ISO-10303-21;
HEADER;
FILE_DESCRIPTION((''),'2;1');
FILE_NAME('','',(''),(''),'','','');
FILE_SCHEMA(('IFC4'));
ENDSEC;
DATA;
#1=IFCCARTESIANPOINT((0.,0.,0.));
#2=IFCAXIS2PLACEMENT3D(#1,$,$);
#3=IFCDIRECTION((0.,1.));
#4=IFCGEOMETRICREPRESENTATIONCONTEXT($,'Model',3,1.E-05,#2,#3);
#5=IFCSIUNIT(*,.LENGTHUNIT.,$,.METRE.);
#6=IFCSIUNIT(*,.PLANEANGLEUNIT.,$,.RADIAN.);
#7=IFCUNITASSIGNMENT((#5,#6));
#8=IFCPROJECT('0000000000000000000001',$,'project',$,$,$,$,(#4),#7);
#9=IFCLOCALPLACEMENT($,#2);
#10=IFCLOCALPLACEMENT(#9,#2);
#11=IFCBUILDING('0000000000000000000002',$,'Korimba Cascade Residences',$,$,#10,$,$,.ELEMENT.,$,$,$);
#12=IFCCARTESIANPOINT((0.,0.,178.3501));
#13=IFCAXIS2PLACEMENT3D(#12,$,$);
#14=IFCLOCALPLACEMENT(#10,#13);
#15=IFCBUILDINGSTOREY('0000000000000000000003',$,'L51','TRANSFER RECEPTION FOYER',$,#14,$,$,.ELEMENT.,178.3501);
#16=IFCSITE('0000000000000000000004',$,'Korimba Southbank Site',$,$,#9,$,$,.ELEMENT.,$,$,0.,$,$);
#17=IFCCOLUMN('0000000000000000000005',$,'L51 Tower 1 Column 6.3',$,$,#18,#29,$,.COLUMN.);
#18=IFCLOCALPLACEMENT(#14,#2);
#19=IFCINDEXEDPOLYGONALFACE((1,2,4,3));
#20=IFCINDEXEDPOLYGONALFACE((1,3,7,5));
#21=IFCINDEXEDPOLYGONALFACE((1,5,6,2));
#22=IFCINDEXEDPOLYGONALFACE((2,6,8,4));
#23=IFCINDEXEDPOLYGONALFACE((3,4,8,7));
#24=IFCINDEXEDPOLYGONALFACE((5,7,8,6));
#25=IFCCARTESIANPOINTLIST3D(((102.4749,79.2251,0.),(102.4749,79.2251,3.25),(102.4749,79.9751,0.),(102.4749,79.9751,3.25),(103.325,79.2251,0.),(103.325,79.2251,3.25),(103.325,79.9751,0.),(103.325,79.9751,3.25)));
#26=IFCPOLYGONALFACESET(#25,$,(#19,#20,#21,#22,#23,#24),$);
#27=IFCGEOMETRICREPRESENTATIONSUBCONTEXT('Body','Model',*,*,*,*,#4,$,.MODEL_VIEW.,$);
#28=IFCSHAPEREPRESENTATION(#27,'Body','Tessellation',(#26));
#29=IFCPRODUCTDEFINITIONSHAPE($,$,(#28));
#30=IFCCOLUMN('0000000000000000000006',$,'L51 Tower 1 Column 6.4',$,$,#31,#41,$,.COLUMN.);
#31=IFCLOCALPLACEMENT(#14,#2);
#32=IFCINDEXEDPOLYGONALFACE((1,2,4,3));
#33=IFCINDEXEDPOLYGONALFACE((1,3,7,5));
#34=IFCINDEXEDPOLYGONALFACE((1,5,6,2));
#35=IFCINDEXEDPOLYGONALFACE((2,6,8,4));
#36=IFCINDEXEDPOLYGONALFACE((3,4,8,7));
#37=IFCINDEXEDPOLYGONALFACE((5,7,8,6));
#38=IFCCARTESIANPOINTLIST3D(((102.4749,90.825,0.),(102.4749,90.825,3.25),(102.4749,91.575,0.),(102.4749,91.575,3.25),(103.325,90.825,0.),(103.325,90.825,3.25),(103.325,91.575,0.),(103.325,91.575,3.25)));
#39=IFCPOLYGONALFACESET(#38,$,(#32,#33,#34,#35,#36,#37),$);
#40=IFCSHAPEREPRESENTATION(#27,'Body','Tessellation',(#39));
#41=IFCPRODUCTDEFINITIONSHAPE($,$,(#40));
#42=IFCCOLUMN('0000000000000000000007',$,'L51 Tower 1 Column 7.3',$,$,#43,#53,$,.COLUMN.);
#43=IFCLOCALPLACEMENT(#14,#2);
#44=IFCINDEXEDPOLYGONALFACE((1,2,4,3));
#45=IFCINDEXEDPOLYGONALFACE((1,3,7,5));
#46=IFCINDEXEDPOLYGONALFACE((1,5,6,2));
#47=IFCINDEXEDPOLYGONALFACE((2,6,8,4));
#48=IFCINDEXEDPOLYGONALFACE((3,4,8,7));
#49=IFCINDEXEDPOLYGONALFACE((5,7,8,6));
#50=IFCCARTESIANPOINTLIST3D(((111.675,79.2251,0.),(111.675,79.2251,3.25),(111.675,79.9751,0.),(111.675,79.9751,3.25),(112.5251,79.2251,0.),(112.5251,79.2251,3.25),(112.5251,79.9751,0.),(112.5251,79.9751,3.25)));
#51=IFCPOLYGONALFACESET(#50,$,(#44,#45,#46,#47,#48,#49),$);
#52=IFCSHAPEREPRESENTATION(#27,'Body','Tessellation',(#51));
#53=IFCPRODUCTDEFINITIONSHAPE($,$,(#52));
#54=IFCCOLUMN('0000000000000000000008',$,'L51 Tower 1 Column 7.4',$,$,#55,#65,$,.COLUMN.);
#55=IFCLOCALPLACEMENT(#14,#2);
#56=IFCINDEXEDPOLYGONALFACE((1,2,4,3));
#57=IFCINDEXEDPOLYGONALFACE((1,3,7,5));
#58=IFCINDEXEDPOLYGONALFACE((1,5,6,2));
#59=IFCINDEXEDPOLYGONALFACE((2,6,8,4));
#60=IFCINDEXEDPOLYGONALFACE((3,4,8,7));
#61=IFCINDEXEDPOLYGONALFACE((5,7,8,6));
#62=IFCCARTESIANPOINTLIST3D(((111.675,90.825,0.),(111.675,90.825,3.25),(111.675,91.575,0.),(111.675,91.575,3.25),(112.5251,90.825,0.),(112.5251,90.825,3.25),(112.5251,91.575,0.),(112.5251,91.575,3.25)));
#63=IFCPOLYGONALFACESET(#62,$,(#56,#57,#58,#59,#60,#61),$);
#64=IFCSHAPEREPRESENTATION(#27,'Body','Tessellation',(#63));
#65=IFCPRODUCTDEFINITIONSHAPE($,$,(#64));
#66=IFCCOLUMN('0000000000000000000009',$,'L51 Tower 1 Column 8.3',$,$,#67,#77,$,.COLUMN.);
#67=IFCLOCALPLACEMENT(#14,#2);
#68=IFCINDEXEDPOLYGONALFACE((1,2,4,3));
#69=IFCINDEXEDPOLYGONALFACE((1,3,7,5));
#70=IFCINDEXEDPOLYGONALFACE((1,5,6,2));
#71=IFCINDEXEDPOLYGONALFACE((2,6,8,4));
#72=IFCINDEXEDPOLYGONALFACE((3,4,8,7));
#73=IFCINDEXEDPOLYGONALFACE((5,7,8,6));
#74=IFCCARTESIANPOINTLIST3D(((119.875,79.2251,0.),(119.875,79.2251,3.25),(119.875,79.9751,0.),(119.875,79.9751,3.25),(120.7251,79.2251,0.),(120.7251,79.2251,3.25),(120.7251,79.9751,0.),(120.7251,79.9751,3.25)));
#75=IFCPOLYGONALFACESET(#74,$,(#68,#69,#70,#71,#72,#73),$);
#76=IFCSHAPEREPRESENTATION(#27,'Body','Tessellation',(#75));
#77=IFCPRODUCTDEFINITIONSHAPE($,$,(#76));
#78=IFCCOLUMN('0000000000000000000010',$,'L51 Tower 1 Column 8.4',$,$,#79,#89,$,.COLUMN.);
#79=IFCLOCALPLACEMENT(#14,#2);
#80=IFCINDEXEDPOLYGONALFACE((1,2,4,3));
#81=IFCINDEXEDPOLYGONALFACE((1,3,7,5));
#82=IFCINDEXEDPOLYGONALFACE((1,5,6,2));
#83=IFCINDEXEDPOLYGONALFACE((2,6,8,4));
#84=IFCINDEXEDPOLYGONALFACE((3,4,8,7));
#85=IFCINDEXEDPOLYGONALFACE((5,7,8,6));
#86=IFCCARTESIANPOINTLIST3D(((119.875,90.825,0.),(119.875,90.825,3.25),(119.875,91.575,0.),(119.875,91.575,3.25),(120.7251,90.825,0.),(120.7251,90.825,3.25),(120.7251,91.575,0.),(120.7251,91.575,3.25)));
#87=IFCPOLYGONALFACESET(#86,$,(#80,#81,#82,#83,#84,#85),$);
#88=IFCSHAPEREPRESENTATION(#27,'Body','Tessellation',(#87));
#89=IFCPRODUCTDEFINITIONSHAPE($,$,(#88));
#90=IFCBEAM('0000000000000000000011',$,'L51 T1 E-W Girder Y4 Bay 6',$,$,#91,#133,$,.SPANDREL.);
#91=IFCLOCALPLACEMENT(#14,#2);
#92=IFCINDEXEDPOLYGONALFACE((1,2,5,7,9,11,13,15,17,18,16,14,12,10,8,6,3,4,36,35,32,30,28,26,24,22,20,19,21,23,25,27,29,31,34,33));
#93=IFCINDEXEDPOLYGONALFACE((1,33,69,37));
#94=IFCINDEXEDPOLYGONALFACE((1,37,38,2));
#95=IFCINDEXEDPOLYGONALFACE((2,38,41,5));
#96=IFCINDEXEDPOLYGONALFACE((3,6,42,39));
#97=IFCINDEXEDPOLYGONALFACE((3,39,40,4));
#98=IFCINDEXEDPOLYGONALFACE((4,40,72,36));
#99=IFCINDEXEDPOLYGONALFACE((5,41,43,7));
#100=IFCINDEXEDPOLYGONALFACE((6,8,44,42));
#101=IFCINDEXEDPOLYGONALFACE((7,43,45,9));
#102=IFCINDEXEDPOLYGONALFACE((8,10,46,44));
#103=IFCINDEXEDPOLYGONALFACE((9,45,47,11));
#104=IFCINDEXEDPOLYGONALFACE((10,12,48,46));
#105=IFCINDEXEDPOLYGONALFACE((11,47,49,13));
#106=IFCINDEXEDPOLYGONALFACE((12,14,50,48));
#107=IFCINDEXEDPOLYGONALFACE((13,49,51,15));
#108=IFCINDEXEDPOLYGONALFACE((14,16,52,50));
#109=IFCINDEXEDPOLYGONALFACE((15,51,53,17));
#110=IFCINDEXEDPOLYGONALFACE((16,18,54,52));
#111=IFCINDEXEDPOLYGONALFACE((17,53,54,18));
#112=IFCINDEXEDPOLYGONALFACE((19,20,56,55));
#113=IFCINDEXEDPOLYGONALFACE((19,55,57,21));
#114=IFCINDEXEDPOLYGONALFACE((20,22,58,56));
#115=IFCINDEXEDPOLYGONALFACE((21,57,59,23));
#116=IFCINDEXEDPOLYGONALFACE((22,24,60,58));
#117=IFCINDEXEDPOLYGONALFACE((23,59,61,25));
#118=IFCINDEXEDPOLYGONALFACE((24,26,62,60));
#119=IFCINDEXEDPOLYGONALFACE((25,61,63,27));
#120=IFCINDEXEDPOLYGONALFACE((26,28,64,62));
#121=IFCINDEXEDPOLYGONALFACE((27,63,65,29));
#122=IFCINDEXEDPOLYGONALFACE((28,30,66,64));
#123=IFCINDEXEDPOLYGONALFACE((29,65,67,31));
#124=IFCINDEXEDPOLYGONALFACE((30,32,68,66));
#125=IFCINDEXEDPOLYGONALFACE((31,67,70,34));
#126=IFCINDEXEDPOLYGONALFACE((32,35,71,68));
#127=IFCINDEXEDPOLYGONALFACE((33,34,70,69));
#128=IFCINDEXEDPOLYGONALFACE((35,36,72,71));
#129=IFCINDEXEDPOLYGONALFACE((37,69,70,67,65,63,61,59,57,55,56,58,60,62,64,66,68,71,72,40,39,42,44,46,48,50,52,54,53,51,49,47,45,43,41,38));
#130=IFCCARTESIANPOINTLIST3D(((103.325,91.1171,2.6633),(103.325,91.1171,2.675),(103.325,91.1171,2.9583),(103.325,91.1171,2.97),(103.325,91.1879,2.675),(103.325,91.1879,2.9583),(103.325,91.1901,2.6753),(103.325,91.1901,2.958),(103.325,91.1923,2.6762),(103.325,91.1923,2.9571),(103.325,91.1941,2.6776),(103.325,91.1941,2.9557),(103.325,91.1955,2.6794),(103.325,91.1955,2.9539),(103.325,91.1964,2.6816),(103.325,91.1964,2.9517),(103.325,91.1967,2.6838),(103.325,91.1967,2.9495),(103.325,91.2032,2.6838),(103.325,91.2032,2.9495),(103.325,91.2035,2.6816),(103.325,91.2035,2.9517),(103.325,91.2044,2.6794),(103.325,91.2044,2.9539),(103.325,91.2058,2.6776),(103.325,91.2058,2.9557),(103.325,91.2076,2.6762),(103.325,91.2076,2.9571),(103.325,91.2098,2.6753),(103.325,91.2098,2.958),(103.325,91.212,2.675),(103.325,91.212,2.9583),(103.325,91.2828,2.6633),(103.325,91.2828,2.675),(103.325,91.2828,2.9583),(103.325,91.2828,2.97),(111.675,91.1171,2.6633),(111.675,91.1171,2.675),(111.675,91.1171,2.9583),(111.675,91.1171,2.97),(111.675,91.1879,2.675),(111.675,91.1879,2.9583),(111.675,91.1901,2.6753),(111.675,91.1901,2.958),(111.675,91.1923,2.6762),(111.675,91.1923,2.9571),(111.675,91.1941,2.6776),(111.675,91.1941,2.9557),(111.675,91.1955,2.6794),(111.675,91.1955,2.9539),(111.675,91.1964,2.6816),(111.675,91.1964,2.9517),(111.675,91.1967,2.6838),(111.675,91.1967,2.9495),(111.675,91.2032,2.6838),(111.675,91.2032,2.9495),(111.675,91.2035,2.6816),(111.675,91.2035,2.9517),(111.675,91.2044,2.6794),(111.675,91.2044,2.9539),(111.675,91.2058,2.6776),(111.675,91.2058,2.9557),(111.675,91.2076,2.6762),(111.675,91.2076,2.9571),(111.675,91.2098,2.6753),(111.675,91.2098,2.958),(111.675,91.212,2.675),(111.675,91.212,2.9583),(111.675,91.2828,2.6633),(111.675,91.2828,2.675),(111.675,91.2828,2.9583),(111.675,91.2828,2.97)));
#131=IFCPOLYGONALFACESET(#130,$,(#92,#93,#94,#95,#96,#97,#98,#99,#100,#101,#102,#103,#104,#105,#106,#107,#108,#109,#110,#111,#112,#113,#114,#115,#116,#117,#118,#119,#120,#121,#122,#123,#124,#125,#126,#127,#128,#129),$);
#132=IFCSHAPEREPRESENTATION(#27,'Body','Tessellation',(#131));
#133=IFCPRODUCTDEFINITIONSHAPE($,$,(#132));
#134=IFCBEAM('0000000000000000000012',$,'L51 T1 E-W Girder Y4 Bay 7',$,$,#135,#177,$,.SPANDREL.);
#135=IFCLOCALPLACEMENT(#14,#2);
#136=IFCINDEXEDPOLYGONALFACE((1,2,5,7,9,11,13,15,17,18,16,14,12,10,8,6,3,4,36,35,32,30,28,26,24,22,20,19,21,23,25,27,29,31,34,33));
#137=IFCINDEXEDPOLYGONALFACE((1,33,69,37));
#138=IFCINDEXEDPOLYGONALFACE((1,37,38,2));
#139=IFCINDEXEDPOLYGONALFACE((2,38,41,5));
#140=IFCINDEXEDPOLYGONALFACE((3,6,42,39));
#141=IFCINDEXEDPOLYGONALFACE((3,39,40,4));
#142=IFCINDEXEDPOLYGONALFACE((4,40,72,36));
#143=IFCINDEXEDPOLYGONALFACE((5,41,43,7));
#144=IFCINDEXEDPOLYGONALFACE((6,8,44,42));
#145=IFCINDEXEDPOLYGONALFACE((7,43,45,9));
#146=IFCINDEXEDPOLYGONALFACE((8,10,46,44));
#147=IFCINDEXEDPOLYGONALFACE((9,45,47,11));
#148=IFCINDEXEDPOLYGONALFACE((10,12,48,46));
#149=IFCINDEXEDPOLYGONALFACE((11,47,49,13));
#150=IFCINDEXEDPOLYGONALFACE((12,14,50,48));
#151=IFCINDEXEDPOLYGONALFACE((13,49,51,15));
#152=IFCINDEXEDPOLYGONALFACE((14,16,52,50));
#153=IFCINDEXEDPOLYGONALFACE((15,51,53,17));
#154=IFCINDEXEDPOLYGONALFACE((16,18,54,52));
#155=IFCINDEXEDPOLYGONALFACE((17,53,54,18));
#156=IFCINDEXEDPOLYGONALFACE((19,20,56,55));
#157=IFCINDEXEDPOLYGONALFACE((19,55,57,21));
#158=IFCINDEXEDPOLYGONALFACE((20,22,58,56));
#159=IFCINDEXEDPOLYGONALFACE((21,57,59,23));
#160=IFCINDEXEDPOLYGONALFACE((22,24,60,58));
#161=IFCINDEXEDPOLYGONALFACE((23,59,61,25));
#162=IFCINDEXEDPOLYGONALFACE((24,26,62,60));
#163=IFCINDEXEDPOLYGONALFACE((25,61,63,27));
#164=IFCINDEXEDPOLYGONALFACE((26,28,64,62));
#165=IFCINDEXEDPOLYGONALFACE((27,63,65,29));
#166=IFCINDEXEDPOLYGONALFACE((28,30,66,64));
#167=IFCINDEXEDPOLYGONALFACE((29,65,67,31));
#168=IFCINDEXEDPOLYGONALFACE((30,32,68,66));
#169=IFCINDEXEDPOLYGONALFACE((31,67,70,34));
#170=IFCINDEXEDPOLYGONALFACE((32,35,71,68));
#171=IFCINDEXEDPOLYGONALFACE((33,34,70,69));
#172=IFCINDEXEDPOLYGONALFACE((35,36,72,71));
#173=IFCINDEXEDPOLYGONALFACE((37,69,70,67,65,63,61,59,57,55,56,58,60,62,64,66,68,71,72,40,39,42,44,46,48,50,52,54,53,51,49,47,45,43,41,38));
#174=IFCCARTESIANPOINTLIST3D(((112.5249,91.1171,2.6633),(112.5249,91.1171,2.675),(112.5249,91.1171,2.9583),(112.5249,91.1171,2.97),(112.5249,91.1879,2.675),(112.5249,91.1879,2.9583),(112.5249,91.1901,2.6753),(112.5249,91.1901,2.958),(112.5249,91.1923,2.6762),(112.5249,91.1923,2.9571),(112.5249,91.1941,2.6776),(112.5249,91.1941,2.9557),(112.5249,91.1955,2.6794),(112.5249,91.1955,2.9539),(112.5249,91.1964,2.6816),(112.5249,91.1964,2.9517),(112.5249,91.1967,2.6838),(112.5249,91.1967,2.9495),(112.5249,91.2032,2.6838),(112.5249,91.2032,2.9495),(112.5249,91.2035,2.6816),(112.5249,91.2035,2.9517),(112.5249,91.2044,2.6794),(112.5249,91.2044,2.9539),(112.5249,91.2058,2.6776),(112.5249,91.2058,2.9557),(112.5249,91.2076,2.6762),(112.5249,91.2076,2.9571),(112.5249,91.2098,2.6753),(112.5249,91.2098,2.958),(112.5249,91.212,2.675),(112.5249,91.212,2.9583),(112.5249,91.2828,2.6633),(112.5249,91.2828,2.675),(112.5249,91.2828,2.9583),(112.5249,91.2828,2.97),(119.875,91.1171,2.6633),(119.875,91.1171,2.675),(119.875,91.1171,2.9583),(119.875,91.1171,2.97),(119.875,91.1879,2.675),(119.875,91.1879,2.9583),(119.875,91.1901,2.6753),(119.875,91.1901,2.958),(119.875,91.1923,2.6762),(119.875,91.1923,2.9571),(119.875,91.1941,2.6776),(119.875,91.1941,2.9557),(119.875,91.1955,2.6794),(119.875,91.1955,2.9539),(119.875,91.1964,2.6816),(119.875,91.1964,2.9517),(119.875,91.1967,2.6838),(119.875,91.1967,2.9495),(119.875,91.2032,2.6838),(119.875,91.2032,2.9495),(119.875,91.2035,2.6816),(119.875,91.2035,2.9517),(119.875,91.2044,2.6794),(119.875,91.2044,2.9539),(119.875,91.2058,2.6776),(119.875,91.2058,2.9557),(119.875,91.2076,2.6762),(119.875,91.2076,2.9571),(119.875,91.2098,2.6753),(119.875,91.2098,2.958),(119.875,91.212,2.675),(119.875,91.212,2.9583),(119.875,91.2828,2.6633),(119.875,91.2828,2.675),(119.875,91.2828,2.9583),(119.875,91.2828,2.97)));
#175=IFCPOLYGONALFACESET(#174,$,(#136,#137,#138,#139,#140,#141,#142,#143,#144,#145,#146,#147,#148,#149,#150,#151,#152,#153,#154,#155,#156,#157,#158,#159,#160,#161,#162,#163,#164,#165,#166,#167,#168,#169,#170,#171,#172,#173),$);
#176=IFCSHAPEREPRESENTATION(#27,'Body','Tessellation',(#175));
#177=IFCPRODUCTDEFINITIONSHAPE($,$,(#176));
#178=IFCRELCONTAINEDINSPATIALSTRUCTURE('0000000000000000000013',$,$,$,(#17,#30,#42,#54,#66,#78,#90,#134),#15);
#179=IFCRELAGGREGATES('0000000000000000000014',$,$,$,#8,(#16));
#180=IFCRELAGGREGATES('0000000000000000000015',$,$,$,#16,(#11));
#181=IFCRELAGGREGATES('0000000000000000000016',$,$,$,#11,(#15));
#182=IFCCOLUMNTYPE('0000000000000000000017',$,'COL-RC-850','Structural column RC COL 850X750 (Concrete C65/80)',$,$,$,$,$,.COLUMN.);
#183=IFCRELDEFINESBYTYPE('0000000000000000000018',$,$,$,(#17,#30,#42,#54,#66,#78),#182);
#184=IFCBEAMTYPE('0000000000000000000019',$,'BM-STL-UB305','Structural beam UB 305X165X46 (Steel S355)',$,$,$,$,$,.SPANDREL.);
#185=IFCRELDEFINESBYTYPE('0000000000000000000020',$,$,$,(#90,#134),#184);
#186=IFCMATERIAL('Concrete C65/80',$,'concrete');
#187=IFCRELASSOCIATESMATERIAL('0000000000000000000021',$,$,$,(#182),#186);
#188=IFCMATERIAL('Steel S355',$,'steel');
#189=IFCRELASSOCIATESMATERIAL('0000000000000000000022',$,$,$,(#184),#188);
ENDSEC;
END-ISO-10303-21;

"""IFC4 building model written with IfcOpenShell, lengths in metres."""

from ifc_helpers import new_model, si_unit, direction, frame, origin, origin_2d, place, context, subcontext, project, spatial, rectangle, i_section, extrude, material, material_profile, profile_set, type_object, element, save


model = new_model("IFC4")

# Units and contexts
model_context = context("Model", 3, precision=1e-05, world=origin(), true_north=direction((0.0, 1.0)))
body_context = subcontext(model_context, "Body", "Model", "MODEL_VIEW")
ifc_project = project(units=[si_unit("LENGTHUNIT", "METRE"), si_unit("PLANEANGLEUNIT", "RADIAN")], contexts=[model_context])

# Site, building, storey
site_placement = place(None, origin())
site = spatial("IfcSite", under=ifc_project, at=site_placement, Name="Korimba Southbank Site", CompositionType="ELEMENT", RefElevation=0.0)
building_placement = place(site_placement, origin())
building = spatial("IfcBuilding", under=site, at=building_placement, Name="Korimba Cascade Residences", CompositionType="ELEMENT")
storey_placement = place(building_placement, frame((0.0, 0.0, 178.3501)))
storey = spatial("IfcBuildingStorey", under=building, at=storey_placement, Name="L51", Description="TRANSFER RECEPTION FOYER", CompositionType="ELEMENT", Elevation=178.3501)

# Columns
ifc_material_1 = material(Name="Concrete C65/80", Category="concrete")
ifc_material_profile_1 = material_profile(ifc_material_1, rectangle(XDim=0.8501, YDim=0.75, at=origin_2d()), Name="Concrete C65/80")
ifc_profile_set_1 = profile_set([ifc_material_profile_1], Name="Concrete C65/80")
column_type = type_object("IfcColumnType", Name="COL-RC-850", Description="Structural column RC COL 850X750 (Concrete C65/80)", PredefinedType="COLUMN", material=ifc_profile_set_1)
for number, where, z_axis, x_axis, name in (
    (1, (102.8999, 79.6001, 0.0), (0.0, 0.0, 1.0), (1.0, 0.0, 0.0), "L51 Tower 1 Column 6.3"),
    (2, (102.8999, 91.2, 0.0), (0.0, 0.0, 1.0), (1.0, 0.0, 0.0), "L51 Tower 1 Column 6.4"),
    (3, (112.1001, 79.6001, 0.0), (0.0, 0.0, 1.0), (1.0, 0.0, 0.0), "L51 Tower 1 Column 7.3"),
    (4, (112.1001, 91.2, 0.0), (0.0, 0.0, 1.0), (1.0, 0.0, 0.0), "L51 Tower 1 Column 7.4"),
    (5, (120.3, 79.6001, 0.0), (0.0, 0.0, 1.0), (1.0, 0.0, 0.0), "L51 Tower 1 Column 8.3"),
    (6, (120.3, 91.2, 0.0), (0.0, 0.0, 1.0), (1.0, 0.0, 0.0), "L51 Tower 1 Column 8.4"),
):
    element("IfcColumn", number, at=place(storey_placement, frame(where, z_axis=z_axis, x_axis=x_axis)), inside=storey, type_object=column_type, Name=name, PredefinedType="COLUMN", context=body_context, shape_type="SweptSolid", body=[
        extrude(rectangle(XDim=0.8501, YDim=0.75, at=origin_2d()), origin(), (0.0, 0.0, 1.0), 3.25),
    ])

# Beams
ifc_material_2 = material(Name="Steel S355", Category="steel")
ifc_material_profile_2 = material_profile(ifc_material_2, i_section(OverallWidth=0.1658, OverallDepth=0.3066, WebThickness=0.0066, FlangeThickness=0.0117, FilletRadius=0.0088, at=origin_2d()), Name="Steel S355")
ifc_profile_set_2 = profile_set([ifc_material_profile_2], Name="Steel S355")
beam_type_1 = type_object("IfcBeamType", Name="BM-STL-UB305", Description="Structural beam UB 305X165X46 (Steel S355)", PredefinedType="SPANDREL", material=ifc_profile_set_2)
beam_1_placement = place(storey_placement, frame((103.325, 91.2, 2.8167), z_axis=(1.0, 0.0, 0.0), x_axis=(0.0, 1.0, 0.0)))
element("IfcBeam", 7, at=beam_1_placement, inside=storey, type_object=beam_type_1, Name="L51 T1 E-W Girder Y4 Bay 6", PredefinedType="SPANDREL", context=body_context, shape_type="SweptSolid", body=[
    extrude(i_section(OverallWidth=0.1658, OverallDepth=0.3066, WebThickness=0.0066, FlangeThickness=0.0117, FilletRadius=0.0088, at=origin_2d()), origin(), (0.0, 0.0, 1.0), 8.3501),
])
beam_2_placement = place(storey_placement, frame((112.5249, 91.2, 2.8167), z_axis=(1.0, 0.0, 0.0), x_axis=(0.0, 1.0, 0.0)))
element("IfcBeam", 8, at=beam_2_placement, inside=storey, type_object=beam_type_1, Name="L51 T1 E-W Girder Y4 Bay 7", PredefinedType="SPANDREL", context=body_context, shape_type="SweptSolid", body=[
    extrude(i_section(OverallWidth=0.1658, OverallDepth=0.3066, WebThickness=0.0066, FlangeThickness=0.0117, FilletRadius=0.0088, at=origin_2d()), origin(), (0.0, 0.0, 1.0), 7.3501),
])

save(model, "model.ifc")
